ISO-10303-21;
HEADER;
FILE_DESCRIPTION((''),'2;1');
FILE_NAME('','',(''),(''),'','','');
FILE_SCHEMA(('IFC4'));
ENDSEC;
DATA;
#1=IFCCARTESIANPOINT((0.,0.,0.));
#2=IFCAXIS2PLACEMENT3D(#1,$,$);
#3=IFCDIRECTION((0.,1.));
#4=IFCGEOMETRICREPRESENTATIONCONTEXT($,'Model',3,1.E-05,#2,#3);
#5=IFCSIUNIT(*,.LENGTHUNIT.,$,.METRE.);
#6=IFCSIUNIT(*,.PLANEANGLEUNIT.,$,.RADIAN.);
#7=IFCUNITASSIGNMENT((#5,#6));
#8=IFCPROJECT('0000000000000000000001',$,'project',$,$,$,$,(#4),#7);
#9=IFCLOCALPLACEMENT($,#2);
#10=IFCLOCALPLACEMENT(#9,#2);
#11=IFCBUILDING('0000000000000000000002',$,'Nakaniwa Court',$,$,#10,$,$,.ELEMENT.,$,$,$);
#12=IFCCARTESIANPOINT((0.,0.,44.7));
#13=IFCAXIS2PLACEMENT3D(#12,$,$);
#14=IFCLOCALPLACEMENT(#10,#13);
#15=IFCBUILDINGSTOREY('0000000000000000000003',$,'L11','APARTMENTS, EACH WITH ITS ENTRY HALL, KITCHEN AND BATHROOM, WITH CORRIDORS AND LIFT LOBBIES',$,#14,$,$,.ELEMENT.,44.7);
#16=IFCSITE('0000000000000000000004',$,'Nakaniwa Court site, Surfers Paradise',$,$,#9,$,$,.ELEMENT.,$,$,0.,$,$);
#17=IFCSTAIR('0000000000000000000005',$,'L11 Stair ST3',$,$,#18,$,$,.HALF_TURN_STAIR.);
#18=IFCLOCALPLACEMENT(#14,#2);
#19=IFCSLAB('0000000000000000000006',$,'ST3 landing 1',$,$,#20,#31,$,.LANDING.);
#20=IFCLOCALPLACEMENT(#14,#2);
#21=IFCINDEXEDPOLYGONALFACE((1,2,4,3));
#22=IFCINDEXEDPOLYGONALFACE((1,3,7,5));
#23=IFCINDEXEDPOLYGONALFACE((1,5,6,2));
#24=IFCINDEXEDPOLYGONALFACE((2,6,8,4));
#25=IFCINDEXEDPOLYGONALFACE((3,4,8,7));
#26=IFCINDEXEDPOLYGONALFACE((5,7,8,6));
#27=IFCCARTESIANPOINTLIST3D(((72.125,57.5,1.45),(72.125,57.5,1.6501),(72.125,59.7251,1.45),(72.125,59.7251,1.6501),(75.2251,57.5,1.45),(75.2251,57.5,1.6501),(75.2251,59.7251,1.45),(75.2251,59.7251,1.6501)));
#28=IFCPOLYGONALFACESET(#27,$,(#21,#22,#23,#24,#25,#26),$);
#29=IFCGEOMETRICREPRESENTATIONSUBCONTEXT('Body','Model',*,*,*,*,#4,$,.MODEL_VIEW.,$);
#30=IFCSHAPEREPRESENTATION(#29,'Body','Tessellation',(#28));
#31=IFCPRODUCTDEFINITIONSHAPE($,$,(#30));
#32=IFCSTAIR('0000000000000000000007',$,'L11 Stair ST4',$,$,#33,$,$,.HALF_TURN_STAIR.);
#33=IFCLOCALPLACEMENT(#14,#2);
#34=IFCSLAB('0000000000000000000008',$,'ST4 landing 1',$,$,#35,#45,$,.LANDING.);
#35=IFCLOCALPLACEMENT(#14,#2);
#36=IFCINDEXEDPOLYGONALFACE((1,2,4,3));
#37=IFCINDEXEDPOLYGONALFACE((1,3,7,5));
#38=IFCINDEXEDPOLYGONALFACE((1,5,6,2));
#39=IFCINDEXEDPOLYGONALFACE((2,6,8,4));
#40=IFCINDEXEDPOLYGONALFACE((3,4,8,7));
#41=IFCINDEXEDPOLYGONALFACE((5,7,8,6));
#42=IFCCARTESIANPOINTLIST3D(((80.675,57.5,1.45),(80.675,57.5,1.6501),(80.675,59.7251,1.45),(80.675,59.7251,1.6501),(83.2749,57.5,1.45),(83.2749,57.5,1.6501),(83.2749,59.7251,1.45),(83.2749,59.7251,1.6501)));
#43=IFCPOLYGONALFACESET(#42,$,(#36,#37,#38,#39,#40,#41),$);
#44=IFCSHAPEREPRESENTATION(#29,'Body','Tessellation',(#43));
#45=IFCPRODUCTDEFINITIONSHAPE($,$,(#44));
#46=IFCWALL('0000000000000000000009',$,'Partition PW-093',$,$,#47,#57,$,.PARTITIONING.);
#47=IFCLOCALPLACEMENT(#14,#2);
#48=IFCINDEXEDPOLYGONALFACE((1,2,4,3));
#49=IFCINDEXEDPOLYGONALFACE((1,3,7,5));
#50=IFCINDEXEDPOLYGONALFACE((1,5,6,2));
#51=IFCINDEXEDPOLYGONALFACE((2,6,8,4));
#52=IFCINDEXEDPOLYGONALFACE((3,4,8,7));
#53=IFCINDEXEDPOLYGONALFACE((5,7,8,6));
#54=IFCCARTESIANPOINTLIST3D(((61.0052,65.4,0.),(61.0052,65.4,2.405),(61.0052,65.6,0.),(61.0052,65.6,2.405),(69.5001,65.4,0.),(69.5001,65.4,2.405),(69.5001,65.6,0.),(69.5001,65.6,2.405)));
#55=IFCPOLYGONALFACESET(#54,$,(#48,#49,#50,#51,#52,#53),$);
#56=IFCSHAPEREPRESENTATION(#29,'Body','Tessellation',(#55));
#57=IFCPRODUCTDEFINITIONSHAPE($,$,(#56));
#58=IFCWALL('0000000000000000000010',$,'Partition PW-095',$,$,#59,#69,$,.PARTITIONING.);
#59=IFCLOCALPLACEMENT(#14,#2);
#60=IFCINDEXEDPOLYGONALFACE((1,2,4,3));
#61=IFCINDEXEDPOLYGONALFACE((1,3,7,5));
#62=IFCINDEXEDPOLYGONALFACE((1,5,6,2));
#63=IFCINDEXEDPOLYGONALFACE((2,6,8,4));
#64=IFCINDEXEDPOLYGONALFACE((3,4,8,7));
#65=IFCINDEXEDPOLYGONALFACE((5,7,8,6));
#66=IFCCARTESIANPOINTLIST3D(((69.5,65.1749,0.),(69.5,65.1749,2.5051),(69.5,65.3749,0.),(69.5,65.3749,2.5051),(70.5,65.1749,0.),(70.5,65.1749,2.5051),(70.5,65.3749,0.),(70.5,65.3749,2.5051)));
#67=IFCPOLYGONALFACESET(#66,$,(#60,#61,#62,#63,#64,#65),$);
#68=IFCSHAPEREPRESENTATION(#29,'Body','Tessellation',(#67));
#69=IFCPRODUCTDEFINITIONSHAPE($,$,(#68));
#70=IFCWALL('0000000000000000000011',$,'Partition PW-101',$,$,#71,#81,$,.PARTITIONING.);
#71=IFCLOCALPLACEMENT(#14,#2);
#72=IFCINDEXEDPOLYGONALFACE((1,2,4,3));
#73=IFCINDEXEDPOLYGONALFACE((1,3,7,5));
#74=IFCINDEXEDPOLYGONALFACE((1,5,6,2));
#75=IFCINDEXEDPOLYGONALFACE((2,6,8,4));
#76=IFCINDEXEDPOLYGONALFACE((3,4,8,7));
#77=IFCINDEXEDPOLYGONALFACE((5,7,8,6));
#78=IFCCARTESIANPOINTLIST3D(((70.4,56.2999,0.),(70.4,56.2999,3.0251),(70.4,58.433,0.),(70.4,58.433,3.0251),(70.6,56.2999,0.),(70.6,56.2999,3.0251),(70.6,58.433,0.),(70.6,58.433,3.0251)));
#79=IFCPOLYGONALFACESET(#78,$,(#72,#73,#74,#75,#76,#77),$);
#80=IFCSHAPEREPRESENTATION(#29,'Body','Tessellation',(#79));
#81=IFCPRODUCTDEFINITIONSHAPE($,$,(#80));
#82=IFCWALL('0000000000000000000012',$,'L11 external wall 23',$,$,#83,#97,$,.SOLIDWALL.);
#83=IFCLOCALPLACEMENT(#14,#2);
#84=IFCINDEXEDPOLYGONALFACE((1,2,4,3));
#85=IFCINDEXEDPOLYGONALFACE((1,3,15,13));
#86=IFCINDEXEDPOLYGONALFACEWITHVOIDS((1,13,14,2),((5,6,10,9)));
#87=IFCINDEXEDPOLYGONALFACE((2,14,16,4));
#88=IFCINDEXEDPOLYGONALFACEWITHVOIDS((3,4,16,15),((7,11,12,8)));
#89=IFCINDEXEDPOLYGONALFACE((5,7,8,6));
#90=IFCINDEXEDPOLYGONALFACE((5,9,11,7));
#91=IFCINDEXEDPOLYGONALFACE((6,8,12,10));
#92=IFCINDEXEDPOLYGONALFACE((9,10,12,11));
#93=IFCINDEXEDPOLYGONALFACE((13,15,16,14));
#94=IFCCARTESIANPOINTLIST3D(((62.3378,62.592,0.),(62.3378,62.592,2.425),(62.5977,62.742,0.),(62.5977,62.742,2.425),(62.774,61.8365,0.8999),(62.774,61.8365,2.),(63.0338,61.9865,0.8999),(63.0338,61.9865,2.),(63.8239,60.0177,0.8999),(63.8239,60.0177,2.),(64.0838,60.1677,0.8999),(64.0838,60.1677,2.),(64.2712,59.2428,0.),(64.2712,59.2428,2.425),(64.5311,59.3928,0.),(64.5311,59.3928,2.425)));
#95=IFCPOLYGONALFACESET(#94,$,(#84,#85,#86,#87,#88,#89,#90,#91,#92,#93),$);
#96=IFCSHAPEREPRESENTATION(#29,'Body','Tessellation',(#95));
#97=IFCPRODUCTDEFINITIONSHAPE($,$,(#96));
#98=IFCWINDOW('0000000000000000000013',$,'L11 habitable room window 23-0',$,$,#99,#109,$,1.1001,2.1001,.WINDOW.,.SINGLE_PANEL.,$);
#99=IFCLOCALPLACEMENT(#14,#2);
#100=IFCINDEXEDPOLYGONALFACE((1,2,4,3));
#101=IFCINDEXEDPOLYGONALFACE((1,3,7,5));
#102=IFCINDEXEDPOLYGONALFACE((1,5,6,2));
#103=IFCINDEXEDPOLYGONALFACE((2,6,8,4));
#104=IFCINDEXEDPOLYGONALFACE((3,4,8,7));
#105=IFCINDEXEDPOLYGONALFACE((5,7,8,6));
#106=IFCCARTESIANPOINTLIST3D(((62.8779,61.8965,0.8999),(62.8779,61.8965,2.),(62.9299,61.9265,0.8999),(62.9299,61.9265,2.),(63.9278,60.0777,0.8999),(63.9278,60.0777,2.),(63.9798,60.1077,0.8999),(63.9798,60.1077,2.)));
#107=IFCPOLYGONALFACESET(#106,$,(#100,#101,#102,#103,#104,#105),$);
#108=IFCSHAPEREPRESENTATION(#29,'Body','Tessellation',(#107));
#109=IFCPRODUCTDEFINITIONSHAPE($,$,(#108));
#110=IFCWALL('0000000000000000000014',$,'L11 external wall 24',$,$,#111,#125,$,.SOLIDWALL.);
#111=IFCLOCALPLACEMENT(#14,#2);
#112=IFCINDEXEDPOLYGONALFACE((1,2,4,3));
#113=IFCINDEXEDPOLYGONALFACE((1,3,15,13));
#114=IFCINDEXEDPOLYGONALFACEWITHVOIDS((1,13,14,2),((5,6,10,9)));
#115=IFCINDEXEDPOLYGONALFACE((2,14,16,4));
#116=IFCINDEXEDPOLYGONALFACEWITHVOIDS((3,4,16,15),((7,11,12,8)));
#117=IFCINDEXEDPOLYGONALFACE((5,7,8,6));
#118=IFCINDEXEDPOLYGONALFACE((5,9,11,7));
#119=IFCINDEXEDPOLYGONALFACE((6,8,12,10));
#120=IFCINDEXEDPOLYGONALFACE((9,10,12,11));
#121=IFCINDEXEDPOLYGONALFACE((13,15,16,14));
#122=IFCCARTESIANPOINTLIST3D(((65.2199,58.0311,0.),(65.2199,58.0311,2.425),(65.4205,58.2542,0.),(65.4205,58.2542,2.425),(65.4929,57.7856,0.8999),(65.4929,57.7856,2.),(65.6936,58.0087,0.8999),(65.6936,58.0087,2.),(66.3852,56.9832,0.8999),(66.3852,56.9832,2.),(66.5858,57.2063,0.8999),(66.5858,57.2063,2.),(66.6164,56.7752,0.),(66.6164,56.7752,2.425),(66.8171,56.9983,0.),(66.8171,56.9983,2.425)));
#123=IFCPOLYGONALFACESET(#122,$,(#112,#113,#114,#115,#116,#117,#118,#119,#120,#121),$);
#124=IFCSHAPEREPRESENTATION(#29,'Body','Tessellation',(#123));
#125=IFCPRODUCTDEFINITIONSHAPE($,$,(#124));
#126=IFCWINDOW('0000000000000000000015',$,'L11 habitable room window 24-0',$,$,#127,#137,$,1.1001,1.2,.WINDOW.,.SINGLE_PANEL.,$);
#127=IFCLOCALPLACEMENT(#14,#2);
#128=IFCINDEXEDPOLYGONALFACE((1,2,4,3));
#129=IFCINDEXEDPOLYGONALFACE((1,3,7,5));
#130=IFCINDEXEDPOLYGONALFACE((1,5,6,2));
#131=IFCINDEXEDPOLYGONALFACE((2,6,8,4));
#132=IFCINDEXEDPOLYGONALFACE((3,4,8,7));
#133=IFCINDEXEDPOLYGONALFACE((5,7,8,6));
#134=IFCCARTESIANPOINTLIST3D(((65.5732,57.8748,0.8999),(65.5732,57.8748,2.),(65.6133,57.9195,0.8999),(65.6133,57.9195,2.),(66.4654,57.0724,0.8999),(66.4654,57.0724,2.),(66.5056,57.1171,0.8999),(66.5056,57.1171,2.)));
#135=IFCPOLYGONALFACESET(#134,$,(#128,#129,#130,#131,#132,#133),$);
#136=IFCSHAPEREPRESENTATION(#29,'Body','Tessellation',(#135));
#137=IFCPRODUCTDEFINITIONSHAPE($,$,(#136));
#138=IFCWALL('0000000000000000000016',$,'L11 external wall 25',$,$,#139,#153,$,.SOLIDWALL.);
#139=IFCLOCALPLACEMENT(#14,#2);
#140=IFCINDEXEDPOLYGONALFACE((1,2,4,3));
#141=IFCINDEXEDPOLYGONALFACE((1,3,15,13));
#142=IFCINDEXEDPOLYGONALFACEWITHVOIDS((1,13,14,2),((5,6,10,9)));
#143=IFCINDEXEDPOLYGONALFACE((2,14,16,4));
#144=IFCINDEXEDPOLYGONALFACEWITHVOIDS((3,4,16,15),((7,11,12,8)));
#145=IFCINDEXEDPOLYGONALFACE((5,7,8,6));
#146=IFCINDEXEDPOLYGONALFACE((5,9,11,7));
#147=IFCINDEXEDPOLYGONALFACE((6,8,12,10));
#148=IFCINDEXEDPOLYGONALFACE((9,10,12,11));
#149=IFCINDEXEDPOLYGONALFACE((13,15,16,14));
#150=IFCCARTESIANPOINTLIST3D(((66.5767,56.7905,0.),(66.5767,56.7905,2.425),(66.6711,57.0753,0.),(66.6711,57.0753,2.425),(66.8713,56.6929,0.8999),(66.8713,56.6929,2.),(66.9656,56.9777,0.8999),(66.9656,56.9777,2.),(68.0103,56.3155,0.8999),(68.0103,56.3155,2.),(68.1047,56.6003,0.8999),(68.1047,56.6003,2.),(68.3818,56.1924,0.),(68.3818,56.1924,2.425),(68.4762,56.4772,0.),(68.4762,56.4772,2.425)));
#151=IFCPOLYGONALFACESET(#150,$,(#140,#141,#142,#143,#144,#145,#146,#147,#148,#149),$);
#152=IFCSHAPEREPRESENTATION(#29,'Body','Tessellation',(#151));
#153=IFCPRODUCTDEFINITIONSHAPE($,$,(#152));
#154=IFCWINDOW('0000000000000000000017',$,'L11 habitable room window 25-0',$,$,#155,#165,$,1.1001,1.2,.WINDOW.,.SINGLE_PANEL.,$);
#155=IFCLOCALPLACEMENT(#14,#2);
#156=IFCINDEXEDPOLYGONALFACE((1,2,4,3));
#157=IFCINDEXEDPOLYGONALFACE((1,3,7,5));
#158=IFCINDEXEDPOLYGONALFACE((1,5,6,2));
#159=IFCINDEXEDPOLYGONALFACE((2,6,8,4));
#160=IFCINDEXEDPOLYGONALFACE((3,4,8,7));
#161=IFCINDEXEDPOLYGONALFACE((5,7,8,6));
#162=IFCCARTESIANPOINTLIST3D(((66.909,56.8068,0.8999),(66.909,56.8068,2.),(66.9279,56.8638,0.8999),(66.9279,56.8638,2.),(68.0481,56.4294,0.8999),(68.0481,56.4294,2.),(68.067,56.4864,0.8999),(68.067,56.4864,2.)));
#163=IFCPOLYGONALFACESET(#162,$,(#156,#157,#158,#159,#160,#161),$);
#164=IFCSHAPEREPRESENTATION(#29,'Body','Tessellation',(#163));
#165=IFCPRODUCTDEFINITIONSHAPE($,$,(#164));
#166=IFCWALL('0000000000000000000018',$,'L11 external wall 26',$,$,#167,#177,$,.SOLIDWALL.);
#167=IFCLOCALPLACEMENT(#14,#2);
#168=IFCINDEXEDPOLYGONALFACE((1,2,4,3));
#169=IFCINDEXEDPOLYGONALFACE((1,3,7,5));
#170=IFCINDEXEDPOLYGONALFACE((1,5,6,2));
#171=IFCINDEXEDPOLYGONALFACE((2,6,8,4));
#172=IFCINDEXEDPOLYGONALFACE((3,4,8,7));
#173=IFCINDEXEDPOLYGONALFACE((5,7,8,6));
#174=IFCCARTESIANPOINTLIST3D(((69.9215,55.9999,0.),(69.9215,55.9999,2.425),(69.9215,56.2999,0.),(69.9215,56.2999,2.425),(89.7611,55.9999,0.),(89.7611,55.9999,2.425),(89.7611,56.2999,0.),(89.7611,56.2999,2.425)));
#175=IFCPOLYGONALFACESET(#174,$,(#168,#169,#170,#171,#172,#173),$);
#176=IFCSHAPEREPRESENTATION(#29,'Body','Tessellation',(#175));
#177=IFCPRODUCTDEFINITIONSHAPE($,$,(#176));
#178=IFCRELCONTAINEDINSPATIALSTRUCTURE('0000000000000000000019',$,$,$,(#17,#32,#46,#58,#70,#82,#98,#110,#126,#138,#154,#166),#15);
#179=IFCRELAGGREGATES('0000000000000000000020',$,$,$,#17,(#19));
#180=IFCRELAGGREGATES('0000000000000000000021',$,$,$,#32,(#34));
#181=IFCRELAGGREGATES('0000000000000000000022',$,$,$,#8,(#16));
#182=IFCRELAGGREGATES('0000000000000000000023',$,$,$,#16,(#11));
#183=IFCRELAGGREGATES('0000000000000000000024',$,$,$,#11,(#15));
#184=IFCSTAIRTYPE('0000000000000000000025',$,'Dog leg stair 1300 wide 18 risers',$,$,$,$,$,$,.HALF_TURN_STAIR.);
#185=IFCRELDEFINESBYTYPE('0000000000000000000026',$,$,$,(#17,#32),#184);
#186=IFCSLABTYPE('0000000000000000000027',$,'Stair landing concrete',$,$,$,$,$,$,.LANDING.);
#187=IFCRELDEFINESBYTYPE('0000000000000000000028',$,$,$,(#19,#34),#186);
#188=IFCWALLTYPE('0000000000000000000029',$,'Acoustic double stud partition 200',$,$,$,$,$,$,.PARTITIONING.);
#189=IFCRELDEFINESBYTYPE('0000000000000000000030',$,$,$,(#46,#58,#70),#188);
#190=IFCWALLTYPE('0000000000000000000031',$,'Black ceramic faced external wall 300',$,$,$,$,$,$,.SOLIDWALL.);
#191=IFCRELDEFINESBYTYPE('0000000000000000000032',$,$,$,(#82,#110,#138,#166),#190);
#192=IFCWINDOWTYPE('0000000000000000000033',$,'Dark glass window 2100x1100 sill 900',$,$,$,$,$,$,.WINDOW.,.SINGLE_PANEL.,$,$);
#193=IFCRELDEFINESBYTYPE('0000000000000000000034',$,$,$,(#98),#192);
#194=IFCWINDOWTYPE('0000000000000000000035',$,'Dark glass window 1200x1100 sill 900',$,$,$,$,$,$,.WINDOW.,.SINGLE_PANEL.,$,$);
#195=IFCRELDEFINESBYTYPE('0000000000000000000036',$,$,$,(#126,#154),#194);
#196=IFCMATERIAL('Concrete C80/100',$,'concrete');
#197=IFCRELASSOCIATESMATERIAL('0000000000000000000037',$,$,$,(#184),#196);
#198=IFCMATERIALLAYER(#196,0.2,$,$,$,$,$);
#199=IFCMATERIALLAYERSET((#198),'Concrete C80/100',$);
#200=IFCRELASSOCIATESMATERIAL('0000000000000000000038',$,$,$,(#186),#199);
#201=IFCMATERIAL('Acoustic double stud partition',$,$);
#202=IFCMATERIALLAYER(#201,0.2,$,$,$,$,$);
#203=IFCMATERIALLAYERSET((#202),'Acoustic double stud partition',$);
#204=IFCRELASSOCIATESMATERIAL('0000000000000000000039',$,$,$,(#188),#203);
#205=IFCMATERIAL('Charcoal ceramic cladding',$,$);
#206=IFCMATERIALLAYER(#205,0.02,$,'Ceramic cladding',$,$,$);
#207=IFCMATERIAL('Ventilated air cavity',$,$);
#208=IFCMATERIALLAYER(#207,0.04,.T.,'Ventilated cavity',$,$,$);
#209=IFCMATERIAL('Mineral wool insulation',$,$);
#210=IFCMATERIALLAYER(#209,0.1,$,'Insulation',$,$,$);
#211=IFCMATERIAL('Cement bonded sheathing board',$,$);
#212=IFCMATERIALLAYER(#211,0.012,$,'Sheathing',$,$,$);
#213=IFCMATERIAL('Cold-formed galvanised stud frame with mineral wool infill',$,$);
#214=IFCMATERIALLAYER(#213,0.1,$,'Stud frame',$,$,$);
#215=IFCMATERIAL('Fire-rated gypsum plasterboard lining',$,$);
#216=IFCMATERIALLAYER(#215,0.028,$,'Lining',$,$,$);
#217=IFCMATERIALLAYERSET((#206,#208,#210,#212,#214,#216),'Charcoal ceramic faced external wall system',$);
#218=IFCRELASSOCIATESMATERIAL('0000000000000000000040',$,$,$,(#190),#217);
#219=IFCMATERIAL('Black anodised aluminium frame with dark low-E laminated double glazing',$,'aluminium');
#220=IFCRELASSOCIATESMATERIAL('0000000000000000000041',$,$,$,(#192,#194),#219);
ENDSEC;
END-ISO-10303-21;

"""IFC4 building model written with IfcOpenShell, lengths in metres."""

from ifc_helpers import new_model, si_unit, direction, frame, frame_2d, origin, place, context, subcontext, project, spatial, polyline, rectangle, outline, extrude, material, layer, layer_set, type_object, element, fill, aggregate, save


model = new_model("IFC4")

# Units and contexts
model_context = context("Model", 3, precision=1e-05, world=origin(), true_north=direction((0.0, 1.0)))
body_context = subcontext(model_context, "Body", "Model", "MODEL_VIEW")
ifc_project = project(units=[si_unit("LENGTHUNIT", "METRE"), si_unit("PLANEANGLEUNIT", "RADIAN")], contexts=[model_context])

# Site, building, storey
site_placement = place(None, origin())
site = spatial("IfcSite", under=ifc_project, at=site_placement, Name="Nakaniwa Court site, Surfers Paradise", CompositionType="ELEMENT", RefElevation=0.0)
building_placement = place(site_placement, origin())
building = spatial("IfcBuilding", under=site, at=building_placement, Name="Nakaniwa Court", CompositionType="ELEMENT")
storey_placement = place(building_placement, frame((0.0, 0.0, 44.7)))
storey = spatial("IfcBuildingStorey", under=building, at=storey_placement, Name="L11", Description="APARTMENTS, EACH WITH ITS ENTRY HALL, KITCHEN AND BATHROOM, WITH CORRIDORS AND LIFT LOBBIES", CompositionType="ELEMENT", Elevation=44.7)

# Stairs, slabs
ifc_material_1 = material(Name="Concrete C80/100", Category="concrete")
stair_type = type_object("IfcStairType", Name="Dog leg stair 1300 wide 18 risers", PredefinedType="HALF_TURN_STAIR", material=ifc_material_1)
ifc_layer_1 = layer(ifc_material_1, 0.2)
ifc_layer_set_1 = layer_set([ifc_layer_1], Name="Concrete C80/100")
slab_type_1 = type_object("IfcSlabType", Name="Stair landing concrete", PredefinedType="LANDING", material=ifc_layer_set_1)
stair_1_placement = place(storey_placement, origin())
stair_1 = element("IfcStair", 1, at=stair_1_placement, inside=storey, type_object=stair_type, Name="L11 Stair ST3", PredefinedType="HALF_TURN_STAIR")
slab_1_placement = place(storey_placement, frame((0.0, 0.0, 1.45)))
slab_1 = element("IfcSlab", 2, at=slab_1_placement, type_object=slab_type_1, Name="ST3 landing 1", PredefinedType="LANDING", context=body_context, shape_type="SweptSolid", body=[
    extrude(outline(polyline([(75.2251, 57.5), (75.2251, 59.7251), (72.125, 59.7251), (72.125, 57.5), (75.2251, 57.5)])), origin(), (0.0, 0.0, 1.0), 0.2002),
])
aggregate(stair_1, [slab_1])
stair_2_placement = place(storey_placement, origin())
stair_2 = element("IfcStair", 3, at=stair_2_placement, inside=storey, type_object=stair_type, Name="L11 Stair ST4", PredefinedType="HALF_TURN_STAIR")
slab_2_placement = place(storey_placement, frame((0.0, 0.0, 1.45)))
slab_2 = element("IfcSlab", 4, at=slab_2_placement, type_object=slab_type_1, Name="ST4 landing 1", PredefinedType="LANDING", context=body_context, shape_type="SweptSolid", body=[
    extrude(outline(polyline([(83.2749, 57.5), (83.2749, 59.7251), (80.675, 59.7251), (80.675, 57.5), (83.2749, 57.5)])), origin(), (0.0, 0.0, 1.0), 0.2002),
])
aggregate(stair_2, [slab_2])

# Walls
ifc_material_2 = material(Name="Acoustic double stud partition")
ifc_layer_2 = layer(ifc_material_2, 0.2)
ifc_layer_set_2 = layer_set([ifc_layer_2], Name="Acoustic double stud partition")
wall_type_1 = type_object("IfcWallType", Name="Acoustic double stud partition 200", PredefinedType="PARTITIONING", material=ifc_layer_set_2)
wall_1_placement = place(storey_placement, frame((61.0051, 65.5, 0.0), z_axis=(0.0, 0.0, 1.0), x_axis=(1.0, 0.0, 0.0)))
element("IfcWall", 5, at=wall_1_placement, inside=storey, type_object=wall_type_1, Name="Partition PW-093", PredefinedType="PARTITIONING", context=body_context, shape_type="SweptSolid", body=[
    extrude(rectangle(XDim=8.4949, YDim=0.2, at=frame_2d((4.2476, 0.0))), origin(), (0.0, 0.0, 1.0), 2.405),
])
wall_2_placement = place(storey_placement, frame((69.5, 65.2749, 0.0), z_axis=(0.0, 0.0, 1.0), x_axis=(1.0, 0.0, 0.0)))
element("IfcWall", 6, at=wall_2_placement, inside=storey, type_object=wall_type_1, Name="Partition PW-095", PredefinedType="PARTITIONING", context=body_context, shape_type="SweptSolid", body=[
    extrude(rectangle(XDim=1.0, YDim=0.2, at=frame_2d((0.5, 0.0))), origin(), (0.0, 0.0, 1.0), 2.5051),
])
wall_3_placement = place(storey_placement, frame((70.5, 56.3, 0.0), z_axis=(0.0, 0.0, 1.0), x_axis=(0.0, 1.0, 0.0)))
element("IfcWall", 7, at=wall_3_placement, inside=storey, type_object=wall_type_1, Name="Partition PW-101", PredefinedType="PARTITIONING", context=body_context, shape_type="SweptSolid", body=[
    extrude(rectangle(XDim=2.1331, YDim=0.2, at=frame_2d((1.0664, 0.0))), origin(), (0.0, 0.0, 1.0), 3.0251),
])

# Walls, openings, windows
ifc_material_3 = material(Name="Charcoal ceramic cladding")
ifc_layer_3 = layer(ifc_material_3, 0.02, Name="Ceramic cladding")
ifc_material_4 = material(Name="Ventilated air cavity")
ifc_layer_4 = layer(ifc_material_4, 0.04, ventilated=True, Name="Ventilated cavity")
ifc_material_5 = material(Name="Mineral wool insulation")
ifc_layer_5 = layer(ifc_material_5, 0.1, Name="Insulation")
ifc_material_6 = material(Name="Cement bonded sheathing board")
ifc_layer_6 = layer(ifc_material_6, 0.012, Name="Sheathing")
ifc_material_7 = material(Name="Cold-formed galvanised stud frame with mineral wool infill")
ifc_layer_7 = layer(ifc_material_7, 0.1, Name="Stud frame")
ifc_material_8 = material(Name="Fire-rated gypsum plasterboard lining")
ifc_layer_8 = layer(ifc_material_8, 0.028, Name="Lining")
ifc_layer_set_3 = layer_set([ifc_layer_3, ifc_layer_4, ifc_layer_5, ifc_layer_6, ifc_layer_7, ifc_layer_8], Name="Charcoal ceramic faced external wall system")
wall_type_2 = type_object("IfcWallType", Name="Black ceramic faced external wall 300", PredefinedType="SOLIDWALL", material=ifc_layer_set_3)
wall_4_placement = place(storey_placement, frame((62.4678, 62.667, 0.0), z_axis=(0.0, 0.0, 1.0), x_axis=(0.499948, -0.866055, 0.0)))
wall_4 = element("IfcWall", 8, at=wall_4_placement, inside=storey, type_object=wall_type_2, Name="L11 external wall 23", PredefinedType="SOLIDWALL", context=body_context, shape_type="SweptSolid", body=[
    extrude(rectangle(XDim=3.8672, YDim=0.3, at=frame_2d((1.9336, 0.0))), origin(), (0.0, 0.0, 1.0), 2.425),
])
opening_1_placement = place(wall_4_placement, frame((0.8723, 0.0, 0.8999)))
opening_1 = element("IfcOpeningElement", 9, at=opening_1_placement, cuts=wall_4, PredefinedType="OPENING", context=body_context, shape_type="SweptSolid", body=[
    extrude(rectangle(XDim=2.1001, YDim=1.1001, at=frame_2d((1.05, 0.55))), frame((0.0, 0.1599, 0.0), z_axis=(0.0, -1.0, 0.0), x_axis=(1.0, 0.0, 0.0)), (0.0, 0.0, 1.0), 0.3201),
])
ifc_material_9 = material(Name="Black anodised aluminium frame with dark low-E laminated double glazing", Category="aluminium")
window_type_1 = type_object("IfcWindowType", Name="Dark glass window 2100x1100 sill 900", PartitioningType="SINGLE_PANEL", PredefinedType="WINDOW", material=ifc_material_9)
window_1_placement = place(opening_1_placement, origin())
window_1 = element("IfcWindow", 10, at=window_1_placement, inside=storey, type_object=window_type_1, Name="L11 habitable room window 23-0", OverallHeight=1.1001, OverallWidth=2.1001, PartitioningType="SINGLE_PANEL", PredefinedType="WINDOW", context=body_context, shape_type="SweptSolid", body=[
    extrude(rectangle(XDim=2.1001, YDim=1.1001, at=frame_2d((1.05, 0.55))), frame((0.0, 0.03, 0.0), z_axis=(0.0, -1.0, 0.0), x_axis=(1.0, 0.0, 0.0)), (0.0, 0.0, 1.0), 0.0601),
])
fill(opening_1, window_1)
wall_5_placement = place(storey_placement, frame((65.3203, 58.1426, 0.0), z_axis=(0.0, 0.0, 1.0), x_axis=(0.743553, -0.668677, 0.0)))
wall_5 = element("IfcWall", 11, at=wall_5_placement, inside=storey, type_object=wall_type_2, Name="L11 external wall 24", PredefinedType="SOLIDWALL", context=body_context, shape_type="SweptSolid", body=[
    extrude(rectangle(XDim=1.8782, YDim=0.3, at=frame_2d((0.939, 0.0))), origin(), (0.0, 0.0, 1.0), 2.425),
])
opening_2_placement = place(wall_5_placement, frame((0.3669, 0.0, 0.8999)))
opening_2 = element("IfcOpeningElement", 12, at=opening_2_placement, cuts=wall_5, PredefinedType="OPENING", context=body_context, shape_type="SweptSolid", body=[
    extrude(rectangle(XDim=1.2, YDim=1.1001, at=frame_2d((0.6001, 0.55))), frame((0.0, 0.1599, 0.0), z_axis=(0.0, -1.0, 0.0), x_axis=(1.0, 0.0, 0.0)), (0.0, 0.0, 1.0), 0.3201),
])
window_type_2 = type_object("IfcWindowType", Name="Dark glass window 1200x1100 sill 900", PartitioningType="SINGLE_PANEL", PredefinedType="WINDOW", material=ifc_material_9)
window_2_placement = place(opening_2_placement, origin())
window_2 = element("IfcWindow", 13, at=window_2_placement, inside=storey, type_object=window_type_2, Name="L11 habitable room window 24-0", OverallHeight=1.1001, OverallWidth=1.2, PartitioningType="SINGLE_PANEL", PredefinedType="WINDOW", context=body_context, shape_type="SweptSolid", body=[
    extrude(rectangle(XDim=1.2, YDim=1.1001, at=frame_2d((0.6001, 0.55))), frame((0.0, 0.03, 0.0), z_axis=(0.0, -1.0, 0.0), x_axis=(1.0, 0.0, 0.0)), (0.0, 0.0, 1.0), 0.0601),
])
fill(opening_2, window_2)
wall_6_placement = place(storey_placement, frame((66.624, 56.9329, 0.0), z_axis=(0.0, 0.0, 1.0), x_axis=(0.949247, -0.314533, 0.0)))
wall_6 = element("IfcWall", 14, at=wall_6_placement, inside=storey, type_object=wall_type_2, Name="L11 external wall 25", PredefinedType="SOLIDWALL", context=body_context, shape_type="SweptSolid", body=[
    extrude(rectangle(XDim=1.9016, YDim=0.3, at=frame_2d((0.9507, 0.0))), origin(), (0.0, 0.0, 1.0), 2.425),
])
opening_3_placement = place(wall_6_placement, frame((0.3101, 0.0, 0.8999)))
opening_3 = element("IfcOpeningElement", 15, at=opening_3_placement, cuts=wall_6, PredefinedType="OPENING", context=body_context, shape_type="SweptSolid", body=[
    extrude(rectangle(XDim=1.2, YDim=1.1001, at=frame_2d((0.6001, 0.55))), frame((0.0, 0.1599, 0.0), z_axis=(0.0, -1.0, 0.0), x_axis=(1.0, 0.0, 0.0)), (0.0, 0.0, 1.0), 0.3201),
])
window_3_placement = place(opening_3_placement, origin())
window_3 = element("IfcWindow", 16, at=window_3_placement, inside=storey, type_object=window_type_2, Name="L11 habitable room window 25-0", OverallHeight=1.1001, OverallWidth=1.2, PartitioningType="SINGLE_PANEL", PredefinedType="WINDOW", context=body_context, shape_type="SweptSolid", body=[
    extrude(rectangle(XDim=1.2, YDim=1.1001, at=frame_2d((0.6001, 0.55))), frame((0.0, 0.03, 0.0), z_axis=(0.0, -1.0, 0.0), x_axis=(1.0, 0.0, 0.0)), (0.0, 0.0, 1.0), 0.0601),
])
fill(opening_3, window_3)

# Wall
wall_7_placement = place(storey_placement, frame((69.9214, 56.1499, 0.0), z_axis=(0.0, 0.0, 1.0), x_axis=(1.0, 0.0, 0.0)))
element("IfcWall", 17, at=wall_7_placement, inside=storey, type_object=wall_type_2, Name="L11 external wall 26", PredefinedType="SOLIDWALL", context=body_context, shape_type="SweptSolid", body=[
    extrude(rectangle(XDim=19.8396, YDim=0.3, at=frame_2d((9.9199, 0.0))), origin(), (0.0, 0.0, 1.0), 2.425),
])

save(model, "model.ifc")
